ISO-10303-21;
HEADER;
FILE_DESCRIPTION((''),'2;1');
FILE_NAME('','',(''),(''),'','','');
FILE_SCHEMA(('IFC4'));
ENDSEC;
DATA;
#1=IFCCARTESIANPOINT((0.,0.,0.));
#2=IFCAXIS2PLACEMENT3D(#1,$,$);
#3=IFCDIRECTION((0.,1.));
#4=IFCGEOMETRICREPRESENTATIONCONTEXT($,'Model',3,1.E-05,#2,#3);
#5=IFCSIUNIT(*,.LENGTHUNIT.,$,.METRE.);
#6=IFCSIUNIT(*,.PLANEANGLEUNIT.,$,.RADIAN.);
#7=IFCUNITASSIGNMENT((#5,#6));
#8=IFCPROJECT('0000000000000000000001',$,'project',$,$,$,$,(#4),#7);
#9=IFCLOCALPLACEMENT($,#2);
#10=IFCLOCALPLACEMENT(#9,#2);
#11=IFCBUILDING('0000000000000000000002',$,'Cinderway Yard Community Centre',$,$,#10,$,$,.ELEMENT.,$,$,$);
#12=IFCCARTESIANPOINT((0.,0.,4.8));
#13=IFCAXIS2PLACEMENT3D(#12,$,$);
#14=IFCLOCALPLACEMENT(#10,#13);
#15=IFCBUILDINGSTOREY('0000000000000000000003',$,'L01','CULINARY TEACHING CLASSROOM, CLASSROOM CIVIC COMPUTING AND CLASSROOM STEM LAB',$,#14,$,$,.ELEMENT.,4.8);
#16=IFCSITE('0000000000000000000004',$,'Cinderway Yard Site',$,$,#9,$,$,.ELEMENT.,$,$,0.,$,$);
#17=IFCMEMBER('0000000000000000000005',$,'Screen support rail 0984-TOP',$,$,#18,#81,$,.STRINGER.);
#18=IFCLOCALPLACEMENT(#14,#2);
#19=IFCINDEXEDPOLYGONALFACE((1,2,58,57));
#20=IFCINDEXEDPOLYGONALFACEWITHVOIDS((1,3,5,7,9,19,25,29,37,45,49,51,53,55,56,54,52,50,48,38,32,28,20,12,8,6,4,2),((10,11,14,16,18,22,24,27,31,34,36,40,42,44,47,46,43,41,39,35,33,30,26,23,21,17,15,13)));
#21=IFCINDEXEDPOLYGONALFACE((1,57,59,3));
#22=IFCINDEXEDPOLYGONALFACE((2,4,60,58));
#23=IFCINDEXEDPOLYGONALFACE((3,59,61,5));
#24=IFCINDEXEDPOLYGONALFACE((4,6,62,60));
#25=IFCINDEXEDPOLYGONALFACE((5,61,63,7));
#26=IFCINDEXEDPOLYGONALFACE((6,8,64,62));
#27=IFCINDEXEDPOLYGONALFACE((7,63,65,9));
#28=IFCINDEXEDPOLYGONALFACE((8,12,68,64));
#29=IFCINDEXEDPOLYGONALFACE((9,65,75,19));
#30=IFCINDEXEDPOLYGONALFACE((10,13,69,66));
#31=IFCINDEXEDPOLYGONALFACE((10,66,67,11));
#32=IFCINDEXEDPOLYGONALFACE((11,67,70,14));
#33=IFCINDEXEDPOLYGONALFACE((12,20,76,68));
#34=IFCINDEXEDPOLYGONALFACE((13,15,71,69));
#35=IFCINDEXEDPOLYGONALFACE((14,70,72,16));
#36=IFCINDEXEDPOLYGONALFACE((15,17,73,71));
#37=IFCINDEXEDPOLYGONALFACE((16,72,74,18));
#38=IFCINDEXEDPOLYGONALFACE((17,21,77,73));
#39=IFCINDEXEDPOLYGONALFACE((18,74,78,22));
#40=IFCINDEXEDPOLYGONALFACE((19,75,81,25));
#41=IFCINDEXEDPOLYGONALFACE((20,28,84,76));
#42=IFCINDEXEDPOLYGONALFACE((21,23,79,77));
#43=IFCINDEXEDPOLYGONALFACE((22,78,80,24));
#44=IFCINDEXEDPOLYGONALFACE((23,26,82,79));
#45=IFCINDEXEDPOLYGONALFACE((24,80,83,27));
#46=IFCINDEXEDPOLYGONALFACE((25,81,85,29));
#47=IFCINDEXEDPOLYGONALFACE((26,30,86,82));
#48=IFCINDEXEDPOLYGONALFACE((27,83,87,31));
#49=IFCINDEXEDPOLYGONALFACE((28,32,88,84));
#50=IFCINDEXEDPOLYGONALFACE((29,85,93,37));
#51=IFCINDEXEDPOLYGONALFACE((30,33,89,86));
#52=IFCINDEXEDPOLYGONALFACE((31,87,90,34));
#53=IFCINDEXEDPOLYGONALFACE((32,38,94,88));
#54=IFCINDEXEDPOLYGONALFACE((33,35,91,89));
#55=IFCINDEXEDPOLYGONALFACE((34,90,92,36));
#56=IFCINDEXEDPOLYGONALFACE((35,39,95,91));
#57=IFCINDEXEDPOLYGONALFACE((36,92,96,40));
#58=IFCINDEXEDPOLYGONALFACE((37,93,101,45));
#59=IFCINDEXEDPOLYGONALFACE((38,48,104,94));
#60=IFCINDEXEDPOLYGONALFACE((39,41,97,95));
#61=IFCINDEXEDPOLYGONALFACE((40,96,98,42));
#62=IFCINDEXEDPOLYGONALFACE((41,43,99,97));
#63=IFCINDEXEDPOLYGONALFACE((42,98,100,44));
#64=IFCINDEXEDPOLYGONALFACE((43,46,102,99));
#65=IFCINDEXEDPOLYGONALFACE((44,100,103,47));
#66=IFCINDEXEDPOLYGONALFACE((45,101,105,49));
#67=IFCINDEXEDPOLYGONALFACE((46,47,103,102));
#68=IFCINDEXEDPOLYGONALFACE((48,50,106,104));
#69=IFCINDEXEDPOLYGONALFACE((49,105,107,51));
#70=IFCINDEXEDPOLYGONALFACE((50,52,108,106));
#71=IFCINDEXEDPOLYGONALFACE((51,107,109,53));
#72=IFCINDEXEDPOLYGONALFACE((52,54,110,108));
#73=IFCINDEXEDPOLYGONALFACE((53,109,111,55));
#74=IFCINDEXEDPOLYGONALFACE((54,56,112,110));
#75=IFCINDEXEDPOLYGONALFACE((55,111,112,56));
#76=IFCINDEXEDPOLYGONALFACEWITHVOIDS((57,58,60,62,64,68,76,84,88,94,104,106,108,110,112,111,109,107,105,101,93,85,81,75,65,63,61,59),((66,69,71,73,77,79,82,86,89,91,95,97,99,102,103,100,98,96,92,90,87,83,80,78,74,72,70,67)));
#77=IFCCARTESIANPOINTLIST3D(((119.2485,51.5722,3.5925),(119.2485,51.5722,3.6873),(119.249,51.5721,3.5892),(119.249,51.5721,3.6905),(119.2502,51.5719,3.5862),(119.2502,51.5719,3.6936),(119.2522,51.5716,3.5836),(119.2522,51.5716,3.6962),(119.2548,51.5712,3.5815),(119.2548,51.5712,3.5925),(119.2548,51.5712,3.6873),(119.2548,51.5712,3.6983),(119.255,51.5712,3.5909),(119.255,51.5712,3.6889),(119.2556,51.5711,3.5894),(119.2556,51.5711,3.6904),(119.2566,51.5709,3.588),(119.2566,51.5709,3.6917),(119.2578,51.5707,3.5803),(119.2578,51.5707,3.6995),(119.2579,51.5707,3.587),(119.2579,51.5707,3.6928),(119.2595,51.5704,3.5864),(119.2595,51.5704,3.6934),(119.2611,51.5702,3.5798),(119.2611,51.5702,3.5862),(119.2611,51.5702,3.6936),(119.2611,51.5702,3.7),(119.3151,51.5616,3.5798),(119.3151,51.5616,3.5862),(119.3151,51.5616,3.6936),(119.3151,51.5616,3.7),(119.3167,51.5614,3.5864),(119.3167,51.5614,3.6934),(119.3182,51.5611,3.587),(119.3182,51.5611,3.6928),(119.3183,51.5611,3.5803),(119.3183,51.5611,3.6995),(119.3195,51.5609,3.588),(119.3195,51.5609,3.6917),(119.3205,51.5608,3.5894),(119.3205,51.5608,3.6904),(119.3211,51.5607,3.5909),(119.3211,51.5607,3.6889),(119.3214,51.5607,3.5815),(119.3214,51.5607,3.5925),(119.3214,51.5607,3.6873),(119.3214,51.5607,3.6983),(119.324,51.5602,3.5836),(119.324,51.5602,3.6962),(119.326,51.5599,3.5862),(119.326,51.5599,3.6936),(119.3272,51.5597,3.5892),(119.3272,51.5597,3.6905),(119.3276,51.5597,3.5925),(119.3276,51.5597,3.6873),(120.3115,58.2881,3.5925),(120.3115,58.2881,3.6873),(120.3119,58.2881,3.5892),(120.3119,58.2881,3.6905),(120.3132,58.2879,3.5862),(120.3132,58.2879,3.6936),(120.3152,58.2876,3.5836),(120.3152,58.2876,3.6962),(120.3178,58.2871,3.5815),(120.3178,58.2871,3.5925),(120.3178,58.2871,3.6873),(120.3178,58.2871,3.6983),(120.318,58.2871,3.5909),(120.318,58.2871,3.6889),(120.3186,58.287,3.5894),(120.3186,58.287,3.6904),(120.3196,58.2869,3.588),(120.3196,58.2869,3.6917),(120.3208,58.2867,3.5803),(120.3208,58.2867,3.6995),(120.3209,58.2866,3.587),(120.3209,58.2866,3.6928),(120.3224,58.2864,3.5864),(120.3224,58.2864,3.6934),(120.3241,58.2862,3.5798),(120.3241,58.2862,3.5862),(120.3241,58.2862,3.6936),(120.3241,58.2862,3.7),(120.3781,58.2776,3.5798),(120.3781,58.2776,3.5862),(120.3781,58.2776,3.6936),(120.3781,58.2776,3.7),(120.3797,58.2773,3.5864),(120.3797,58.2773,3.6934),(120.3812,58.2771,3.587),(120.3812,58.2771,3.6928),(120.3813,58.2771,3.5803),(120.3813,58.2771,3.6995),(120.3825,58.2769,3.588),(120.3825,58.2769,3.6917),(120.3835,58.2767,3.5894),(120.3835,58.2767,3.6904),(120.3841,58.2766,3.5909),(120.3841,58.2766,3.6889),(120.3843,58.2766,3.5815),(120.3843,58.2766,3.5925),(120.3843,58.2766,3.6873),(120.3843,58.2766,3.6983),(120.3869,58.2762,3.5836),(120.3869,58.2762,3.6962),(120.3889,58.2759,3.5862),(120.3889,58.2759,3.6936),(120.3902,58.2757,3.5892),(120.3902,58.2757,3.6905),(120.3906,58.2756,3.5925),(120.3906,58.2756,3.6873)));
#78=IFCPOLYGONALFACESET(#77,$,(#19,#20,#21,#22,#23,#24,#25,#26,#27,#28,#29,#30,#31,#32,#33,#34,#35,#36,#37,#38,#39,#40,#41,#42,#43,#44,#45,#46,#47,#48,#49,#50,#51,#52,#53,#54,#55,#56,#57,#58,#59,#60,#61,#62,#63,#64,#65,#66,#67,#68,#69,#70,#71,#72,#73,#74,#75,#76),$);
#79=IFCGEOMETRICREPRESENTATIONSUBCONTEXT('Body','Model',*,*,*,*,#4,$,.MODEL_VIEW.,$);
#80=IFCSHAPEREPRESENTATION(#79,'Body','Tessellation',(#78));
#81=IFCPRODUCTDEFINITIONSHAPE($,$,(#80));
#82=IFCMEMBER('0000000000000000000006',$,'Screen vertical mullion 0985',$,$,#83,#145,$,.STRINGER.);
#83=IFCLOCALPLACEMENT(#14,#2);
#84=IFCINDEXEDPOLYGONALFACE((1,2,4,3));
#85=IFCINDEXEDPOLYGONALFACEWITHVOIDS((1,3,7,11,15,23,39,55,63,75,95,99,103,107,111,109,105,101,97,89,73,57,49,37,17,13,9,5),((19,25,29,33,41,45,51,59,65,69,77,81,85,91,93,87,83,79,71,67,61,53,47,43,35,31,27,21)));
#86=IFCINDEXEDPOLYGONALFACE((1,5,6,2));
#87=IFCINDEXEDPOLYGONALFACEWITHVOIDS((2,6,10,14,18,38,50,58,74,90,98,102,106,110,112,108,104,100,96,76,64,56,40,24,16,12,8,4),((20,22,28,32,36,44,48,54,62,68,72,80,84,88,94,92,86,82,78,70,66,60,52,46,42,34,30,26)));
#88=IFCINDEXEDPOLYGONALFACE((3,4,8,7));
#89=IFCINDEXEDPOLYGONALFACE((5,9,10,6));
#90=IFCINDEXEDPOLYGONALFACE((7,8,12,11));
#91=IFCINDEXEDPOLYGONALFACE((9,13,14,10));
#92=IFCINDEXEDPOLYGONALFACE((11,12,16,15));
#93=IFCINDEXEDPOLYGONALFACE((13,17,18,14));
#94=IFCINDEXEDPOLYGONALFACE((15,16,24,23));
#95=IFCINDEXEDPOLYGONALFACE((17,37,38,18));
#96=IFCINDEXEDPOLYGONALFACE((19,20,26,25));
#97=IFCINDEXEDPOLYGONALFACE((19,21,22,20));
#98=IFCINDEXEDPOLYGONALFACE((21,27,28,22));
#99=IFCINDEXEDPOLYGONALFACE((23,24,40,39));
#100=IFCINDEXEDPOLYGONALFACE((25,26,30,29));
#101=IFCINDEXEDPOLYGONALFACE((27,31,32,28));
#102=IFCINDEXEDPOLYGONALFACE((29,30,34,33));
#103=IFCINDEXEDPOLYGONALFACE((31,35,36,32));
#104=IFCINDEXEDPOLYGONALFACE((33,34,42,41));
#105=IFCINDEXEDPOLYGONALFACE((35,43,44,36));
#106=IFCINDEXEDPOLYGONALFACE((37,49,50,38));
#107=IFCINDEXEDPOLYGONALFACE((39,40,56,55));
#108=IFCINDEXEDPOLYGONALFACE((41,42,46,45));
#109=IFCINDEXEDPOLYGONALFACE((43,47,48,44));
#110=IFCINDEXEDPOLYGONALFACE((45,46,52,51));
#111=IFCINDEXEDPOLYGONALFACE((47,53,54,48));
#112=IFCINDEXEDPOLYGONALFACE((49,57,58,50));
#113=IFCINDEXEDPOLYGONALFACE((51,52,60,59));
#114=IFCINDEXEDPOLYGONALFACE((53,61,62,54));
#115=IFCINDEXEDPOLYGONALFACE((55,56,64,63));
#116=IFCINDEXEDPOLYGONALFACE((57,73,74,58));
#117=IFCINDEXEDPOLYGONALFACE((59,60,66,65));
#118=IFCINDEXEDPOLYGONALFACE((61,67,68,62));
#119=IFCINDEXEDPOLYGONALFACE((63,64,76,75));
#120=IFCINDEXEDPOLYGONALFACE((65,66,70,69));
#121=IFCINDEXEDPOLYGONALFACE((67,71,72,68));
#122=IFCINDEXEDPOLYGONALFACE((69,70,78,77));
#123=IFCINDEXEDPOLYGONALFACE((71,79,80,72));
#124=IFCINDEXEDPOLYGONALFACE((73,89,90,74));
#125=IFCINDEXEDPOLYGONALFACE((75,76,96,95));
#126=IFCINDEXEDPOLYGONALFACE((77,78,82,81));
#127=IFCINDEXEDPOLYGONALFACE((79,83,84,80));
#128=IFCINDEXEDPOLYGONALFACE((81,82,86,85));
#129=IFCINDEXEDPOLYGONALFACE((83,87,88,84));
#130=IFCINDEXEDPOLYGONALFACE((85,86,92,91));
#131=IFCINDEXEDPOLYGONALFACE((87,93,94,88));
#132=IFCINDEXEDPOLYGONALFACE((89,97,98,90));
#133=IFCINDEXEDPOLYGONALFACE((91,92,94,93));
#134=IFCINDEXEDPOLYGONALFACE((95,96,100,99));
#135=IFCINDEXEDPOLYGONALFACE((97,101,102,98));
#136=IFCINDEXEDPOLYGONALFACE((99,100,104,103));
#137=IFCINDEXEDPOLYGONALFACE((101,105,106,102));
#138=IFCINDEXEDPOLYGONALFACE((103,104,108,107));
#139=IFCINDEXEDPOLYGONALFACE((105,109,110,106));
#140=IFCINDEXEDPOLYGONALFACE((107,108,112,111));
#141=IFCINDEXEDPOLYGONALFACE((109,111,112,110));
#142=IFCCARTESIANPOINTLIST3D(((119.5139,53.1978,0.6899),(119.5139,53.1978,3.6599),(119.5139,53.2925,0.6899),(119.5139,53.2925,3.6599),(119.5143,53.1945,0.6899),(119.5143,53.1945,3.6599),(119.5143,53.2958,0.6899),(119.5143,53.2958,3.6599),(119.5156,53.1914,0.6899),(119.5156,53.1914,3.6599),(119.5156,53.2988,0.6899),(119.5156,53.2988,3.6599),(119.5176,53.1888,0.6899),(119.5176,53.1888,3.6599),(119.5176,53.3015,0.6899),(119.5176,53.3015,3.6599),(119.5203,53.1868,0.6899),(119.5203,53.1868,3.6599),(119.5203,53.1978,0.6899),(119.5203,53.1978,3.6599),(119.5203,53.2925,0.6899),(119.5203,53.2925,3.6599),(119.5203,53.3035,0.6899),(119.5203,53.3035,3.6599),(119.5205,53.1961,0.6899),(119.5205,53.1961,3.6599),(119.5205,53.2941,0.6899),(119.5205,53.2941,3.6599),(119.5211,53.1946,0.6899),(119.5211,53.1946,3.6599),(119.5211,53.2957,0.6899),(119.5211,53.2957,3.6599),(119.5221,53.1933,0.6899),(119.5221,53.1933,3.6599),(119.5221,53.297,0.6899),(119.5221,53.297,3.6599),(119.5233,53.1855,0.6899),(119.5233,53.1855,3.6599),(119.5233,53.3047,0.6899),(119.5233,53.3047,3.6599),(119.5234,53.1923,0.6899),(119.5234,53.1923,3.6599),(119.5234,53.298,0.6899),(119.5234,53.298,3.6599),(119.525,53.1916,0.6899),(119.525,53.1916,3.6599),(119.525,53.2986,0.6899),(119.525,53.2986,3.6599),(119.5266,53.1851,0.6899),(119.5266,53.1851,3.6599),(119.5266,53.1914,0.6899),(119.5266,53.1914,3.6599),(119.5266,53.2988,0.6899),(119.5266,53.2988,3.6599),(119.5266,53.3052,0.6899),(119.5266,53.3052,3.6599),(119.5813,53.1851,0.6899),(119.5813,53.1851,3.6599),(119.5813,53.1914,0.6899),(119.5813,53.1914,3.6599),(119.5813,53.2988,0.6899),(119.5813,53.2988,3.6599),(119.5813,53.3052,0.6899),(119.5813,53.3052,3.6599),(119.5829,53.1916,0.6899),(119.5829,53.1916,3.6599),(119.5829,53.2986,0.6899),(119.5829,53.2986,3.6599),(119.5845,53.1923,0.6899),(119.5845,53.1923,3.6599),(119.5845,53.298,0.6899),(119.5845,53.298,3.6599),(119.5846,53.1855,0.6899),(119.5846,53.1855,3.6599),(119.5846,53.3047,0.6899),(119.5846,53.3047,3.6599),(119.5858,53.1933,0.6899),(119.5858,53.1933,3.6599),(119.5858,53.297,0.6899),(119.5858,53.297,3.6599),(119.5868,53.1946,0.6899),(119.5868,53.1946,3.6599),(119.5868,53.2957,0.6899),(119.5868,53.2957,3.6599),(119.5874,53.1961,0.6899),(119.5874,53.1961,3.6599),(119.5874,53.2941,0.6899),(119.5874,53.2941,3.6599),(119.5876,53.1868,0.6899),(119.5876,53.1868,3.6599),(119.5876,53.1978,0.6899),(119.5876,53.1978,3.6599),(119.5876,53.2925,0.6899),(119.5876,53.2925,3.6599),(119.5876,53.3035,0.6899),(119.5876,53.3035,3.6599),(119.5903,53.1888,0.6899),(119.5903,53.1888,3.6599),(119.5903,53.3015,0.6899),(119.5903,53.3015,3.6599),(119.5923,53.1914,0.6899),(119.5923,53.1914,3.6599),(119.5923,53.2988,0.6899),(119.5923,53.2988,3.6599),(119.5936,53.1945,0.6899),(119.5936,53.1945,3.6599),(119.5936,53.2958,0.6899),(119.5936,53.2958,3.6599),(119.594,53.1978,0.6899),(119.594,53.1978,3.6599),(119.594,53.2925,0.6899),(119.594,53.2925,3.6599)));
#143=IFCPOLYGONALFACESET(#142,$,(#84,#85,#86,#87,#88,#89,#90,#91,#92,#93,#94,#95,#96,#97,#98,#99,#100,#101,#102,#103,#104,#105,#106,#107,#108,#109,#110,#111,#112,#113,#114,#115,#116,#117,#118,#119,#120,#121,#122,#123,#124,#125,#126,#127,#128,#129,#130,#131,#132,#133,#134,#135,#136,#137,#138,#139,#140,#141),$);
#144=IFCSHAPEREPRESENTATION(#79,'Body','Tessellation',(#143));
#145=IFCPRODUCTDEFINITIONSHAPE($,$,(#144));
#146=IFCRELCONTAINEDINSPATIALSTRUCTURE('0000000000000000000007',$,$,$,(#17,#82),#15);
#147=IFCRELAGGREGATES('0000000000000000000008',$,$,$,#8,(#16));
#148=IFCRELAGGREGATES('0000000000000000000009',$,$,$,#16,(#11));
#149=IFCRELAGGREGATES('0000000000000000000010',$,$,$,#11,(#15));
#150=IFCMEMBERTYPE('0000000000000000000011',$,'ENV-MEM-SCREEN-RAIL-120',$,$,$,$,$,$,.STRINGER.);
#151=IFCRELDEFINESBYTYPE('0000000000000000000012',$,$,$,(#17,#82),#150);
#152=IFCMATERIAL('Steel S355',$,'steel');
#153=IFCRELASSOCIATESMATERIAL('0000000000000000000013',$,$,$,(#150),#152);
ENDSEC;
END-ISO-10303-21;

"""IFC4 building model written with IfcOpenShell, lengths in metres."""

from ifc_helpers import new_model, si_unit, direction, frame, origin, origin_2d, place, context, subcontext, project, spatial, hollow_rectangle, extrude, material, material_profile, profile_set, type_object, element, save


model = new_model("IFC4")

# Units and contexts
model_context = context("Model", 3, precision=1e-05, world=origin(), true_north=direction((0.0, 1.0)))
body_context = subcontext(model_context, "Body", "Model", "MODEL_VIEW")
ifc_project = project(units=[si_unit("LENGTHUNIT", "METRE"), si_unit("PLANEANGLEUNIT", "RADIAN")], contexts=[model_context])

# Site, building, storey
site_placement = place(None, origin())
site = spatial("IfcSite", under=ifc_project, at=site_placement, Name="Cinderway Yard Site", CompositionType="ELEMENT", RefElevation=0.0)
building_placement = place(site_placement, origin())
building = spatial("IfcBuilding", under=site, at=building_placement, Name="Cinderway Yard Community Centre", CompositionType="ELEMENT")
storey_placement = place(building_placement, frame((0.0, 0.0, 4.8)))
storey = spatial("IfcBuildingStorey", under=building, at=storey_placement, Name="L01", Description="CULINARY TEACHING CLASSROOM, CLASSROOM CIVIC COMPUTING AND CLASSROOM STEM LAB", CompositionType="ELEMENT", Elevation=4.8)

# Members
ifc_material_1 = material(Name="Steel S355", Category="steel")
ifc_material_profile_1 = material_profile(ifc_material_1, hollow_rectangle(XDim=0.0801, YDim=0.1201, WallThickness=0.0063, InnerFilletRadius=0.0063, OuterFilletRadius=0.0127, at=origin_2d()), Name="Steel S355")
ifc_profile_set_1 = profile_set([ifc_material_profile_1], Name="Steel S355")
member_type_1 = type_object("IfcMemberType", Name="ENV-MEM-SCREEN-RAIL-120", PredefinedType="STRINGER", material=ifc_profile_set_1)
for number, where, z_axis, x_axis, name in (
    (1, (119.2881, 51.5659, 3.6399), (0.156329, 0.987705, 0.0), (-0.987705, 0.156329, 0.0), "Screen support rail 0984-TOP"),
):
    element("IfcMember", number, at=place(storey_placement, frame(where, z_axis=z_axis, x_axis=x_axis)), inside=storey, type_object=member_type_1, Name=name, PredefinedType="STRINGER", context=body_context, shape_type="SweptSolid", body=[
        extrude(hollow_rectangle(XDim=0.0801, YDim=0.1201, WallThickness=0.0063, InnerFilletRadius=0.0063, OuterFilletRadius=0.0127, at=origin_2d()), origin(), (0.0, 0.0, 1.0), 6.7996),
    ])
for number, where, z_axis, x_axis, name in (
    (2, (119.554, 53.2451, 0.6899), (0.0, 0.0, 1.0), (1.0, 0.0, 0.0), "Screen vertical mullion 0985"),
):
    element("IfcMember", number, at=place(storey_placement, frame(where, z_axis=z_axis, x_axis=x_axis)), inside=storey, type_object=member_type_1, Name=name, PredefinedType="STRINGER", context=body_context, shape_type="SweptSolid", body=[
        extrude(hollow_rectangle(XDim=0.0801, YDim=0.1201, WallThickness=0.0063, InnerFilletRadius=0.0063, OuterFilletRadius=0.0127, at=origin_2d()), origin(), (0.0, 0.0, 1.0), 2.97),
    ])

save(model, "model.ifc")
